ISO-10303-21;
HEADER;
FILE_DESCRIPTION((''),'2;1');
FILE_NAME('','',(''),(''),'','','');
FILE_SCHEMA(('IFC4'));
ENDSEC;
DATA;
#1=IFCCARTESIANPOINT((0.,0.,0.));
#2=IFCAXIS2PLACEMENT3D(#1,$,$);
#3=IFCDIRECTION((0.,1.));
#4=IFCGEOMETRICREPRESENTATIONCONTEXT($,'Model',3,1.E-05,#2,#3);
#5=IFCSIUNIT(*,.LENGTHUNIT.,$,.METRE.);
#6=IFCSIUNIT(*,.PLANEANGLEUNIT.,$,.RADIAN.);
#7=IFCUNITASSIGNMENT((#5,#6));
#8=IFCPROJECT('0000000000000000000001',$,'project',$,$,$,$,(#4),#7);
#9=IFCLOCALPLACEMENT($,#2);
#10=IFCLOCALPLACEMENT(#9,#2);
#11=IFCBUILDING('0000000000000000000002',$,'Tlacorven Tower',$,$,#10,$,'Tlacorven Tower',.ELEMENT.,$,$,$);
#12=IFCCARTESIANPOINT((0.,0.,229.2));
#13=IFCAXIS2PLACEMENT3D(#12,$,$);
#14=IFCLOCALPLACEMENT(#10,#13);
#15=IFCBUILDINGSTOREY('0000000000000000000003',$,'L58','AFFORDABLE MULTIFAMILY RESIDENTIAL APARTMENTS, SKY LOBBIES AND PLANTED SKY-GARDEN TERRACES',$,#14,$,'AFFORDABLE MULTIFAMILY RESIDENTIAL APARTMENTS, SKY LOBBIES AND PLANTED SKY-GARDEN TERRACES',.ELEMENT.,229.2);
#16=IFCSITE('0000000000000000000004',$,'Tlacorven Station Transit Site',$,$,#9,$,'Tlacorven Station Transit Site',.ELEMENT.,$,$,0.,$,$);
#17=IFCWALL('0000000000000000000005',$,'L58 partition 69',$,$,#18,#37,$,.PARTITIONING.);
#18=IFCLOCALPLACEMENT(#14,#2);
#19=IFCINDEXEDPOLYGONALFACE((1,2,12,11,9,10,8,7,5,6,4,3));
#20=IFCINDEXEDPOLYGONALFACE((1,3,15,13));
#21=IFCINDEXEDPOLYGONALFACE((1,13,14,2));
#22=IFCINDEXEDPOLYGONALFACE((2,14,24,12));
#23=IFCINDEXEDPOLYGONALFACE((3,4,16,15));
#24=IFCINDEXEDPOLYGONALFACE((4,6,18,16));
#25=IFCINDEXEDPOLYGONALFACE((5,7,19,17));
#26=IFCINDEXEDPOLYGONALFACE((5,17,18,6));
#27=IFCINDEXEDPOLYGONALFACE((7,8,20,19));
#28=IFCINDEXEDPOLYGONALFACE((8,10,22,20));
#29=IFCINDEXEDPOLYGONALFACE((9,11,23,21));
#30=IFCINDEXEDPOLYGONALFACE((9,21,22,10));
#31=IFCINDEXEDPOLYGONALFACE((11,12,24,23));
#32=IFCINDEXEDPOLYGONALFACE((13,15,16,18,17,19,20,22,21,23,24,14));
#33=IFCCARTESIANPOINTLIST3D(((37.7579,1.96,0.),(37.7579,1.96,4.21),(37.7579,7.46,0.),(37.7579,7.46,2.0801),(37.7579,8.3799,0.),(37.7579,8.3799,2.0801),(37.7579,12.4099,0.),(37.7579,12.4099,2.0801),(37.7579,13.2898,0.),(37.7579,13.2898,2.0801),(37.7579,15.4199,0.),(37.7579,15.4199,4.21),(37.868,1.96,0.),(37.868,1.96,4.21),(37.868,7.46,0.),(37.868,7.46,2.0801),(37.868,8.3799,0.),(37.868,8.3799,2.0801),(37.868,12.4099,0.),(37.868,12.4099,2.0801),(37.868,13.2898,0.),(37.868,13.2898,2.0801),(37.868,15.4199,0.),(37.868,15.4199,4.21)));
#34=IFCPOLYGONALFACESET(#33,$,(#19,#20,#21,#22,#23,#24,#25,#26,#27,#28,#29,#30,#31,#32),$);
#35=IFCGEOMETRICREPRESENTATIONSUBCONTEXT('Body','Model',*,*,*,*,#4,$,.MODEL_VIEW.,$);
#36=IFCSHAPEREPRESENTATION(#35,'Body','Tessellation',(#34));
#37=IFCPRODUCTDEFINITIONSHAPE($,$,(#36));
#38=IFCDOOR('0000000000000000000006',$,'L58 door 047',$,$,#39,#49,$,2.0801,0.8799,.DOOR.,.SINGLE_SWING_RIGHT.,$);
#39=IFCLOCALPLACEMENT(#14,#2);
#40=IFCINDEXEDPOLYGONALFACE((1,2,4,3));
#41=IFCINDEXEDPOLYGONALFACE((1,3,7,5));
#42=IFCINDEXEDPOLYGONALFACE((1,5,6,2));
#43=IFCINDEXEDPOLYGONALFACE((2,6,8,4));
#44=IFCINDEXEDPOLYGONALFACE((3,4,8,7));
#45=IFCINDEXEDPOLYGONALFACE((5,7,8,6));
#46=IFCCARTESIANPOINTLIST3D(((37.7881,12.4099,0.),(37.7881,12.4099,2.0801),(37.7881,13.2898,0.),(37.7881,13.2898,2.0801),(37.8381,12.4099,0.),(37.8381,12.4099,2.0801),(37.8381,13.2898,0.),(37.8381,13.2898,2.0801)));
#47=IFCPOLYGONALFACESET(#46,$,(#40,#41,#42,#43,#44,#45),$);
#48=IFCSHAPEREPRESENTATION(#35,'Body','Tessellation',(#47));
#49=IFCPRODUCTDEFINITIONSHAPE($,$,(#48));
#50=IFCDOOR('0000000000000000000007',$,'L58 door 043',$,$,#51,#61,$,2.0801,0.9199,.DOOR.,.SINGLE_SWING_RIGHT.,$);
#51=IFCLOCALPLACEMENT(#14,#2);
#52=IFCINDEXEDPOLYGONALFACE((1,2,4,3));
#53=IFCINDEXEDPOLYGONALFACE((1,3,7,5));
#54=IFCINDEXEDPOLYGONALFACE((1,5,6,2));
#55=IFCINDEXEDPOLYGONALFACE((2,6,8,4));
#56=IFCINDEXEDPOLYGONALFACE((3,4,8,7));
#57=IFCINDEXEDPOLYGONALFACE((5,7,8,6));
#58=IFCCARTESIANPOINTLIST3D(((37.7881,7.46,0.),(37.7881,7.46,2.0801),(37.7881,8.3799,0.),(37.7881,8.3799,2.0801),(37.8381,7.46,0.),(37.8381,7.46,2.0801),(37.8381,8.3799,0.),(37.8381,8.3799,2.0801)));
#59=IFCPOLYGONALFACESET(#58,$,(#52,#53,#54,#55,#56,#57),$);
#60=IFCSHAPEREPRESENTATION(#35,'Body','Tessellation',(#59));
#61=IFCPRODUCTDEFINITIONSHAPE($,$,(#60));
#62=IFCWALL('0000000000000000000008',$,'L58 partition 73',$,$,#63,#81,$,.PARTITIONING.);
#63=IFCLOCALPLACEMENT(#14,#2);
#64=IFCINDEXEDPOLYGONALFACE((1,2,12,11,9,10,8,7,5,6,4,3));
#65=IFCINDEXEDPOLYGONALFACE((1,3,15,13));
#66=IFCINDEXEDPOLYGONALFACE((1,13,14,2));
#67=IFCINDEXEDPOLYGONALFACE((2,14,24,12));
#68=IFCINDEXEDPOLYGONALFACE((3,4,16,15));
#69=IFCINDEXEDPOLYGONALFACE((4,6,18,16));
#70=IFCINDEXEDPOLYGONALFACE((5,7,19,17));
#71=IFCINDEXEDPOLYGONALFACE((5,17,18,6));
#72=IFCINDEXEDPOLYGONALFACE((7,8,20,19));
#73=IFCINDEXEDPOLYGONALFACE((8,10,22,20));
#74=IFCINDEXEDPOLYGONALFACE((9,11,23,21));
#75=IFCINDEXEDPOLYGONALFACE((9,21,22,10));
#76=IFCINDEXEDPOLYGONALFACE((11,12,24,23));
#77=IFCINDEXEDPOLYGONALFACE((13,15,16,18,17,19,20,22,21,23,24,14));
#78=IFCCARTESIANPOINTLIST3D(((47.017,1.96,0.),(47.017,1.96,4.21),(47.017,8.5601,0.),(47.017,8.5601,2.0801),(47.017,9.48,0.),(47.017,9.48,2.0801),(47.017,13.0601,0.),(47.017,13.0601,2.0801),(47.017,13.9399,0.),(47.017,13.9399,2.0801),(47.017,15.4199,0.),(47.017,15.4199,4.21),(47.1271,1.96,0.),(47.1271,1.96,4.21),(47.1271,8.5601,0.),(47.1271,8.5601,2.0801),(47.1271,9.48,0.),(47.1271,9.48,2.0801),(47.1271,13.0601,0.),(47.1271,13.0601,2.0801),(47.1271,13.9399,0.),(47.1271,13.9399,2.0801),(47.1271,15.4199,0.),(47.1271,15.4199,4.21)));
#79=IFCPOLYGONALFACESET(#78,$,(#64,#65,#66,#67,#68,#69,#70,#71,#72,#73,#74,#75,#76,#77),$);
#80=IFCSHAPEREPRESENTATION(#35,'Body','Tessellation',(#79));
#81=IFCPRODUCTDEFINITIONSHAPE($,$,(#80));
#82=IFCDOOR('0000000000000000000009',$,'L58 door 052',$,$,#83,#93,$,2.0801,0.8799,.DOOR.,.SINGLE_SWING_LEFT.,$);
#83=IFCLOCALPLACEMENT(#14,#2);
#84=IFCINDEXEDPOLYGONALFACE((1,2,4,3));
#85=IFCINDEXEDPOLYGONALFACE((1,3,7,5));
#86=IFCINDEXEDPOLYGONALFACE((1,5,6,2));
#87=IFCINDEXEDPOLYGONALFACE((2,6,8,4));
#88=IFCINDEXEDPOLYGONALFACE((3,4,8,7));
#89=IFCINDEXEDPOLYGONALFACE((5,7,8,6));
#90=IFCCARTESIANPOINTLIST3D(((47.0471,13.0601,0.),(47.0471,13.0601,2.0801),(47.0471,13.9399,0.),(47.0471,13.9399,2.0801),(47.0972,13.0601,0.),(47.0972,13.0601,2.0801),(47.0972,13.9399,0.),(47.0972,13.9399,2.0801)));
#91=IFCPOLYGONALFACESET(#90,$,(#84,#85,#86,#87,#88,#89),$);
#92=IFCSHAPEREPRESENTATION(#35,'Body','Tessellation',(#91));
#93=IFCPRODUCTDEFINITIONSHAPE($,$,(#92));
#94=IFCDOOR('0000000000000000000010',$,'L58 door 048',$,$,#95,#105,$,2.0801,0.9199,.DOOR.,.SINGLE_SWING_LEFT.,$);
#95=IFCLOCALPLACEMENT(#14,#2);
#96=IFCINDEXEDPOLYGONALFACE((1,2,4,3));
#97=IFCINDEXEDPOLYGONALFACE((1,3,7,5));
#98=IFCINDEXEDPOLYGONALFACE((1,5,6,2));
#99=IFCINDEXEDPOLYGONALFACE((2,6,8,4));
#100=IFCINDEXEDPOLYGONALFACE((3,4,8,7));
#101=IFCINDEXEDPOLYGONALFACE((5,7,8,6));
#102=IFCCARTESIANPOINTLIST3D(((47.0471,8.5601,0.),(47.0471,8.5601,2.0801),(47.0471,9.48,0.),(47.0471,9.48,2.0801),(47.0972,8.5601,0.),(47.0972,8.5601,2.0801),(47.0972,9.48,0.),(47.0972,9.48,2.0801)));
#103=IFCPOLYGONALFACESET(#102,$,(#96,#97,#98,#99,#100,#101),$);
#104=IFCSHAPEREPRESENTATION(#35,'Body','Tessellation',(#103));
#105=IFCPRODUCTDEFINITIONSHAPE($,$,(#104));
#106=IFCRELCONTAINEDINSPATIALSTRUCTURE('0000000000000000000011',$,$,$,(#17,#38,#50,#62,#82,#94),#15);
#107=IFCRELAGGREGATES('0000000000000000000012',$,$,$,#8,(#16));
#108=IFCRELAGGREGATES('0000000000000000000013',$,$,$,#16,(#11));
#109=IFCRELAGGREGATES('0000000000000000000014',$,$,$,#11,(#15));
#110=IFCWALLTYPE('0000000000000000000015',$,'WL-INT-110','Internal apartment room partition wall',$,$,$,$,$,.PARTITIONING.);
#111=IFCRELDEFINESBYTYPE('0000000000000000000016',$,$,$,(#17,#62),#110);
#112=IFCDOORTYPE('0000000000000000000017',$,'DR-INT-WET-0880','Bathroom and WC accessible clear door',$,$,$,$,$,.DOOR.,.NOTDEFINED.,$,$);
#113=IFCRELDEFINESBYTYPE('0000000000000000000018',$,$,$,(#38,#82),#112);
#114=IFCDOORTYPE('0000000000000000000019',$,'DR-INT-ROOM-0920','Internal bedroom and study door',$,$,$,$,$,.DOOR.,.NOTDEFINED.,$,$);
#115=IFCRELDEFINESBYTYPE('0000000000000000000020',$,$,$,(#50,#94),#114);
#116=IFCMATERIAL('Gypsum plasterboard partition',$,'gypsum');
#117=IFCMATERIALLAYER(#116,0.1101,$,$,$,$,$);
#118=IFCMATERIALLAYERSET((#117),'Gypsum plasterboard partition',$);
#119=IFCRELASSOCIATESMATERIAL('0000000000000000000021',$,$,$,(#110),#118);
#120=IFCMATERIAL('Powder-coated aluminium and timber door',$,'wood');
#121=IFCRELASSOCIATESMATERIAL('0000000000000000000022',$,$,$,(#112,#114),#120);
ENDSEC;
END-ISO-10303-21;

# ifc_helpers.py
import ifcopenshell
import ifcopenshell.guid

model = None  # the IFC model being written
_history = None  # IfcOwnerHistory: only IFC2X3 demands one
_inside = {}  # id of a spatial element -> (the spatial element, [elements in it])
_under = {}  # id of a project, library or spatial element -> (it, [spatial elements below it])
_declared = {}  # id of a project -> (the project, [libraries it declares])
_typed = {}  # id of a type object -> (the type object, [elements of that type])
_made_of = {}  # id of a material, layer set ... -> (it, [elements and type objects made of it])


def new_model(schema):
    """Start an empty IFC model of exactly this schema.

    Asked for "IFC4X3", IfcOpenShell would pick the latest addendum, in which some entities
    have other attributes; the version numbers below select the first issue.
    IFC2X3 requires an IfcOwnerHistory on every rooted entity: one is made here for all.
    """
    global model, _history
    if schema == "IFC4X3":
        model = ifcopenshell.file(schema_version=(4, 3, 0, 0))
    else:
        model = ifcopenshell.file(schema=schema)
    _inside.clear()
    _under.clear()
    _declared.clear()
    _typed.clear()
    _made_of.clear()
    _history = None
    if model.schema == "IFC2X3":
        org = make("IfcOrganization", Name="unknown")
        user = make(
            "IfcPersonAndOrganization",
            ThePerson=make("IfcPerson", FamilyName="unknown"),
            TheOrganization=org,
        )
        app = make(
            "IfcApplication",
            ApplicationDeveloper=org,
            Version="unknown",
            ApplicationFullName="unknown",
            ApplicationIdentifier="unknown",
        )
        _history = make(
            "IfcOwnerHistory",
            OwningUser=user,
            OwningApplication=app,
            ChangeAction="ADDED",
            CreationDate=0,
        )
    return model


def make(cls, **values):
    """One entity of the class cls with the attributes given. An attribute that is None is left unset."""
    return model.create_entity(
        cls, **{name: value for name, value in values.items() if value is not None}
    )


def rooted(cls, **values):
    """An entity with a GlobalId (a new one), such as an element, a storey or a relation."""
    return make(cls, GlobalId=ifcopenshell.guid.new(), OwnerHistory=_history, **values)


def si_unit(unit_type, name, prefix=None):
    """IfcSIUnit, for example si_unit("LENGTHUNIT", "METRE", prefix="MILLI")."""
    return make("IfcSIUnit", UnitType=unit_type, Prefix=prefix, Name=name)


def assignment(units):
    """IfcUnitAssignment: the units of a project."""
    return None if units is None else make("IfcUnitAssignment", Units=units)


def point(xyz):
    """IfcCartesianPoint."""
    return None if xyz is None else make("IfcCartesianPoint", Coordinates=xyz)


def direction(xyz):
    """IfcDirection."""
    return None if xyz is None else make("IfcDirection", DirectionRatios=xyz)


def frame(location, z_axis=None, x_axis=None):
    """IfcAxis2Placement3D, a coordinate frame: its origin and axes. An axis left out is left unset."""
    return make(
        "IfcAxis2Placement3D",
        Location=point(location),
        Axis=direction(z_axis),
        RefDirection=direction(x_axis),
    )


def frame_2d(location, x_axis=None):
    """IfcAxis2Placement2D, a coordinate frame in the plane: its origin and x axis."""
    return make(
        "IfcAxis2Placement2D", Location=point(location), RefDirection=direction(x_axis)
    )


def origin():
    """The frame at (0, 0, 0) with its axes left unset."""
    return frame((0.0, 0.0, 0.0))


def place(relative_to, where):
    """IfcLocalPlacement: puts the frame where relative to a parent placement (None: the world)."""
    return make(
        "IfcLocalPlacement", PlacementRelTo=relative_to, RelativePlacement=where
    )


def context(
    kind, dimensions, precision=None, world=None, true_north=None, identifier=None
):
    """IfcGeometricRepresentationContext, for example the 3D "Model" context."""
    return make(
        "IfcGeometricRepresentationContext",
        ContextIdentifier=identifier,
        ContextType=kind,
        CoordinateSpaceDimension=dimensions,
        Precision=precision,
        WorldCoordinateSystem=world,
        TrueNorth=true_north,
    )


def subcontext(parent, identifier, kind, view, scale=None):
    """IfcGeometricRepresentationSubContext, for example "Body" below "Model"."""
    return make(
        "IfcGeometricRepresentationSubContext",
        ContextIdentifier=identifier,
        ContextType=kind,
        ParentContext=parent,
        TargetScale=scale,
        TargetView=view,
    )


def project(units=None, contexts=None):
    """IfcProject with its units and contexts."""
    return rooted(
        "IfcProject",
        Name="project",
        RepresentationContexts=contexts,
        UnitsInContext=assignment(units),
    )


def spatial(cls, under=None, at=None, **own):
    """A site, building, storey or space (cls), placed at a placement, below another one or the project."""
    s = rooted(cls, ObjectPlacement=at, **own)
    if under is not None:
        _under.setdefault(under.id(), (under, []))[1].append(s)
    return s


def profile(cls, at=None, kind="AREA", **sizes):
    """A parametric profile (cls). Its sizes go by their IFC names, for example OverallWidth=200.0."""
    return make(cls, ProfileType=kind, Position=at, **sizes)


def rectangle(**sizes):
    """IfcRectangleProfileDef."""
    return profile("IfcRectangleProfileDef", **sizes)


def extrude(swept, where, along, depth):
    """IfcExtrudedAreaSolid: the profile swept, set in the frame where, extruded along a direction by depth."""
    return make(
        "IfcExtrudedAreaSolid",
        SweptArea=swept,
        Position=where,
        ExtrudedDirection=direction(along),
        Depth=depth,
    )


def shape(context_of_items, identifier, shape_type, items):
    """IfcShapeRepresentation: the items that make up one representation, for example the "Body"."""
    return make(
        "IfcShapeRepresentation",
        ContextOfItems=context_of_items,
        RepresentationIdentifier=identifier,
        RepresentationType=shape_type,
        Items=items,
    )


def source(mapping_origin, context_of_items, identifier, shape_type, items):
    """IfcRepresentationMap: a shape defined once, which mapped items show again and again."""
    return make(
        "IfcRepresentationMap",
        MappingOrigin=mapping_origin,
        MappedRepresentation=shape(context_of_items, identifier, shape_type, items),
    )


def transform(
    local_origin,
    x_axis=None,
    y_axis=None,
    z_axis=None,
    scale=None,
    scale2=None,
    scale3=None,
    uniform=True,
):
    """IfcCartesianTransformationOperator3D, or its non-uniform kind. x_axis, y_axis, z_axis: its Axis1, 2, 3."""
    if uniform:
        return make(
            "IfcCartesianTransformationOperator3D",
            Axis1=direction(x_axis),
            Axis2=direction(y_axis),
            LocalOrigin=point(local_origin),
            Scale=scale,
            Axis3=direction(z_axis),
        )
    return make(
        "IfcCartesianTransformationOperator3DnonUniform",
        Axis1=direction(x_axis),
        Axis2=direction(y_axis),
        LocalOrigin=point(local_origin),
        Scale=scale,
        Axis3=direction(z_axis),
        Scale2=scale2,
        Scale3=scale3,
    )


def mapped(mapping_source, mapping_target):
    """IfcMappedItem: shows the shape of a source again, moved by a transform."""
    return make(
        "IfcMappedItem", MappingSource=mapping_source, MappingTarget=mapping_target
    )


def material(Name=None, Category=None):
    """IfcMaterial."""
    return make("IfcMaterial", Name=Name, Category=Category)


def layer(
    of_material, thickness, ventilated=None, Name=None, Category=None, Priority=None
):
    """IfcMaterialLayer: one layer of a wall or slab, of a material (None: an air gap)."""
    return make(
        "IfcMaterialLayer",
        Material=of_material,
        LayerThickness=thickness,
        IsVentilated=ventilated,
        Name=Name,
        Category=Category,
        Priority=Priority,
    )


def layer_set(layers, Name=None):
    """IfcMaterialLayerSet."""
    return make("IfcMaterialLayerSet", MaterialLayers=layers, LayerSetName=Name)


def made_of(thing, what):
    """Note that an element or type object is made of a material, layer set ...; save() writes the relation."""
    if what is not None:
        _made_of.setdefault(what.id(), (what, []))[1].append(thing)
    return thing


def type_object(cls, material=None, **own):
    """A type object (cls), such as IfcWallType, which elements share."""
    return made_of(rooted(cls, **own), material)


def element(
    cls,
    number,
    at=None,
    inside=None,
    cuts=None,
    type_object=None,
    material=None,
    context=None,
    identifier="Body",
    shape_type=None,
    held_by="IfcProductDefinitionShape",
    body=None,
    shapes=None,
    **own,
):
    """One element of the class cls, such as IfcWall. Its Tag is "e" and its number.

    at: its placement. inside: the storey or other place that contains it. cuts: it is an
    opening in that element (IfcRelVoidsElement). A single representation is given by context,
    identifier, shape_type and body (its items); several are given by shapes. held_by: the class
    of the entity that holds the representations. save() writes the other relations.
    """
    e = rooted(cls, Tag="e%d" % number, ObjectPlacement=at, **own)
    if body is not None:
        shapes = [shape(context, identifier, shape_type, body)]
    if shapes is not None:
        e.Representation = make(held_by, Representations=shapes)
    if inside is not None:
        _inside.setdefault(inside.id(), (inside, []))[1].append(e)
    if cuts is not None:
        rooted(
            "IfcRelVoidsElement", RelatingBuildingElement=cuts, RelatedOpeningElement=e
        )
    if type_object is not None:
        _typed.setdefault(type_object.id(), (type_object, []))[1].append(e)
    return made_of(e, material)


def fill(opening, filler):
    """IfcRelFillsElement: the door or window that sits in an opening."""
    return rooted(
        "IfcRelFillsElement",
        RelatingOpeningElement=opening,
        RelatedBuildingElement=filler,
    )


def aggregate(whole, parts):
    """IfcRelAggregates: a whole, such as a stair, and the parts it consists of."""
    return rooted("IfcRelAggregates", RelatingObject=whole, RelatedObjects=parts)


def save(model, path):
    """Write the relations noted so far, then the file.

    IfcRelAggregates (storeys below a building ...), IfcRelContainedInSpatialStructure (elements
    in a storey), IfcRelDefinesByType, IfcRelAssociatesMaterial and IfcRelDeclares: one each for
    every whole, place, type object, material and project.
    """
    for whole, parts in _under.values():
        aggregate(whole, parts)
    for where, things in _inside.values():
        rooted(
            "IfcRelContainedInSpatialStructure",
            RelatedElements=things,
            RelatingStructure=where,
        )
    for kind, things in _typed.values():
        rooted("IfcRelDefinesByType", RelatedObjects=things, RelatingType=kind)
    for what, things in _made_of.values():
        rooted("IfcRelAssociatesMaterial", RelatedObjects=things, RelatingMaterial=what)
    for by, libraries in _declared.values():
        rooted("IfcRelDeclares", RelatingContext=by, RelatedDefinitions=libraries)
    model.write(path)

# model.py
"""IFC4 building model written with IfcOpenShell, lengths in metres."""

from ifc_helpers import new_model, si_unit, direction, frame, frame_2d, origin, place, context, subcontext, project, spatial, rectangle, extrude, source, transform, mapped, material, layer, layer_set, type_object, element, fill, save


model = new_model("IFC4")

# Units and contexts
model_context = context("Model", 3, precision=1e-05, world=origin(), true_north=direction((0.0, 1.0)))
body_context = subcontext(model_context, "Body", "Model", "MODEL_VIEW")
ifc_project = project(units=[si_unit("LENGTHUNIT", "METRE"), si_unit("PLANEANGLEUNIT", "RADIAN")], contexts=[model_context])

# Site, building, storey
site_placement = place(None, origin())
site = spatial("IfcSite", under=ifc_project, at=site_placement, Name="Tlacorven Station Transit Site", LongName="Tlacorven Station Transit Site", CompositionType="ELEMENT", RefElevation=0.0)
building_placement = place(site_placement, origin())
building = spatial("IfcBuilding", under=site, at=building_placement, Name="Tlacorven Tower", LongName="Tlacorven Tower", CompositionType="ELEMENT")
storey_placement = place(building_placement, frame((0.0, 0.0, 229.2)))
storey = spatial("IfcBuildingStorey", under=building, at=storey_placement, Name="L58", Description="AFFORDABLE MULTIFAMILY RESIDENTIAL APARTMENTS, SKY LOBBIES AND PLANTED SKY-GARDEN TERRACES", LongName="AFFORDABLE MULTIFAMILY RESIDENTIAL APARTMENTS, SKY LOBBIES AND PLANTED SKY-GARDEN TERRACES", CompositionType="ELEMENT", Elevation=229.2)

# Walls, openings, doors
ifc_material_1 = material(Name="Gypsum plasterboard partition", Category="gypsum")
ifc_layer_1 = layer(ifc_material_1, 0.1101)
ifc_layer_set_1 = layer_set([ifc_layer_1], Name="Gypsum plasterboard partition")
wall_type_1 = type_object("IfcWallType", Name="WL-INT-110", Description="Internal apartment room partition wall", PredefinedType="PARTITIONING", material=ifc_layer_set_1)
wall_1_placement = place(storey_placement, frame((37.813, 1.96, 0.0), z_axis=(0.0, 0.0, 1.0), x_axis=(0.0, 1.0, 0.0)))
wall_1 = element("IfcWall", 1, at=wall_1_placement, inside=storey, type_object=wall_type_1, Name="L58 partition 69", PredefinedType="PARTITIONING", context=body_context, shape_type="SweptSolid", body=[
    extrude(rectangle(XDim=13.46, YDim=0.1101, at=frame_2d((6.73, 0.0))), origin(), (0.0, 0.0, 1.0), 4.21),
])
opening_1_placement = place(wall_1_placement, frame((5.5, 0.0, 0.0)))
opening_1 = element("IfcOpeningElement", 2, at=opening_1_placement, cuts=wall_1, PredefinedType="OPENING", context=body_context, shape_type="SweptSolid", body=[
    extrude(rectangle(XDim=0.9199, YDim=2.0801, at=frame_2d((0.46, 1.04))), frame((0.0, 0.0649, 0.0), z_axis=(0.0, -1.0, 0.0), x_axis=(1.0, 0.0, 0.0)), (0.0, 0.0, 1.0), 0.1301),
])
opening_2_placement = place(wall_1_placement, frame((10.45, 0.0, 0.0)))
opening_2 = element("IfcOpeningElement", 3, at=opening_2_placement, cuts=wall_1, PredefinedType="OPENING", context=body_context, shape_type="SweptSolid", body=[
    extrude(rectangle(XDim=0.8799, YDim=2.0801, at=frame_2d((0.4399, 1.04))), frame((0.0, 0.0649, 0.0), z_axis=(0.0, -1.0, 0.0), x_axis=(1.0, 0.0, 0.0)), (0.0, 0.0, 1.0), 0.1301),
])
ifc_material_2 = material(Name="Powder-coated aluminium and timber door", Category="wood")
door_type_1 = type_object("IfcDoorType", Name="DR-INT-WET-0880", Description="Bathroom and WC accessible clear door", OperationType="NOTDEFINED", PredefinedType="DOOR", material=ifc_material_2)
shared_shape_1 = source(origin(), body_context, "Body", "SweptSolid", [
    extrude(rectangle(XDim=0.8799, YDim=2.0801, at=frame_2d((0.4399, 1.04))), frame((0.0, 0.0249, 0.0), z_axis=(0.0, -1.0, 0.0), x_axis=(1.0, 0.0, 0.0)), (0.0, 0.0, 1.0), 0.05),
])
door_1_placement = place(opening_2_placement, origin())
door_1 = element("IfcDoor", 4, at=door_1_placement, inside=storey, type_object=door_type_1, Name="L58 door 047", OperationType="SINGLE_SWING_RIGHT", OverallHeight=2.0801, OverallWidth=0.8799, PredefinedType="DOOR", context=body_context, shape_type="MappedRepresentation", body=[
    mapped(shared_shape_1, transform((0.0, 0.0, 0.0), scale=1.0)),
])
fill(opening_2, door_1)
door_type_2 = type_object("IfcDoorType", Name="DR-INT-ROOM-0920", Description="Internal bedroom and study door", OperationType="NOTDEFINED", PredefinedType="DOOR", material=ifc_material_2)
shared_shape_2 = source(origin(), body_context, "Body", "SweptSolid", [
    extrude(rectangle(XDim=0.9199, YDim=2.0801, at=frame_2d((0.46, 1.04))), frame((0.0, 0.0249, 0.0), z_axis=(0.0, -1.0, 0.0), x_axis=(1.0, 0.0, 0.0)), (0.0, 0.0, 1.0), 0.05),
])
door_2_placement = place(opening_1_placement, origin())
door_2 = element("IfcDoor", 5, at=door_2_placement, inside=storey, type_object=door_type_2, Name="L58 door 043", OperationType="SINGLE_SWING_RIGHT", OverallHeight=2.0801, OverallWidth=0.9199, PredefinedType="DOOR", context=body_context, shape_type="MappedRepresentation", body=[
    mapped(shared_shape_2, transform((0.0, 0.0, 0.0), scale=1.0)),
])
fill(opening_1, door_2)
wall_2_placement = place(storey_placement, frame((47.072, 1.96, 0.0), z_axis=(0.0, 0.0, 1.0), x_axis=(0.0, 1.0, 0.0)))
wall_2 = element("IfcWall", 6, at=wall_2_placement, inside=storey, type_object=wall_type_1, Name="L58 partition 73", PredefinedType="PARTITIONING", context=body_context, shape_type="SweptSolid", body=[
    extrude(rectangle(XDim=13.46, YDim=0.1101, at=frame_2d((6.73, 0.0))), origin(), (0.0, 0.0, 1.0), 4.21),
])
opening_3_placement = place(wall_2_placement, frame((6.6001, 0.0, 0.0)))
opening_3 = element("IfcOpeningElement", 7, at=opening_3_placement, cuts=wall_2, PredefinedType="OPENING", context=body_context, shape_type="SweptSolid", body=[
    extrude(rectangle(XDim=0.9199, YDim=2.0801, at=frame_2d((0.46, 1.04))), frame((0.0, 0.0649, 0.0), z_axis=(0.0, -1.0, 0.0), x_axis=(1.0, 0.0, 0.0)), (0.0, 0.0, 1.0), 0.1301),
])
opening_4_placement = place(wall_2_placement, frame((11.1001, 0.0, 0.0)))
opening_4 = element("IfcOpeningElement", 8, at=opening_4_placement, cuts=wall_2, PredefinedType="OPENING", context=body_context, shape_type="SweptSolid", body=[
    extrude(rectangle(XDim=0.8799, YDim=2.0801, at=frame_2d((0.4399, 1.04))), frame((0.0, 0.0649, 0.0), z_axis=(0.0, -1.0, 0.0), x_axis=(1.0, 0.0, 0.0)), (0.0, 0.0, 1.0), 0.1301),
])
door_3_placement = place(opening_4_placement, origin())
door_3 = element("IfcDoor", 9, at=door_3_placement, inside=storey, type_object=door_type_1, Name="L58 door 052", OperationType="SINGLE_SWING_LEFT", OverallHeight=2.0801, OverallWidth=0.8799, PredefinedType="DOOR", context=body_context, shape_type="MappedRepresentation", body=[
    mapped(shared_shape_1, transform((0.0, 0.0, 0.0), scale=1.0)),
])
fill(opening_4, door_3)
door_4_placement = place(opening_3_placement, origin())
door_4 = element("IfcDoor", 10, at=door_4_placement, inside=storey, type_object=door_type_2, Name="L58 door 048", OperationType="SINGLE_SWING_LEFT", OverallHeight=2.0801, OverallWidth=0.9199, PredefinedType="DOOR", context=body_context, shape_type="MappedRepresentation", body=[
    mapped(shared_shape_2, transform((0.0, 0.0, 0.0), scale=1.0)),
])
fill(opening_3, door_4)

save(model, "model.ifc")
